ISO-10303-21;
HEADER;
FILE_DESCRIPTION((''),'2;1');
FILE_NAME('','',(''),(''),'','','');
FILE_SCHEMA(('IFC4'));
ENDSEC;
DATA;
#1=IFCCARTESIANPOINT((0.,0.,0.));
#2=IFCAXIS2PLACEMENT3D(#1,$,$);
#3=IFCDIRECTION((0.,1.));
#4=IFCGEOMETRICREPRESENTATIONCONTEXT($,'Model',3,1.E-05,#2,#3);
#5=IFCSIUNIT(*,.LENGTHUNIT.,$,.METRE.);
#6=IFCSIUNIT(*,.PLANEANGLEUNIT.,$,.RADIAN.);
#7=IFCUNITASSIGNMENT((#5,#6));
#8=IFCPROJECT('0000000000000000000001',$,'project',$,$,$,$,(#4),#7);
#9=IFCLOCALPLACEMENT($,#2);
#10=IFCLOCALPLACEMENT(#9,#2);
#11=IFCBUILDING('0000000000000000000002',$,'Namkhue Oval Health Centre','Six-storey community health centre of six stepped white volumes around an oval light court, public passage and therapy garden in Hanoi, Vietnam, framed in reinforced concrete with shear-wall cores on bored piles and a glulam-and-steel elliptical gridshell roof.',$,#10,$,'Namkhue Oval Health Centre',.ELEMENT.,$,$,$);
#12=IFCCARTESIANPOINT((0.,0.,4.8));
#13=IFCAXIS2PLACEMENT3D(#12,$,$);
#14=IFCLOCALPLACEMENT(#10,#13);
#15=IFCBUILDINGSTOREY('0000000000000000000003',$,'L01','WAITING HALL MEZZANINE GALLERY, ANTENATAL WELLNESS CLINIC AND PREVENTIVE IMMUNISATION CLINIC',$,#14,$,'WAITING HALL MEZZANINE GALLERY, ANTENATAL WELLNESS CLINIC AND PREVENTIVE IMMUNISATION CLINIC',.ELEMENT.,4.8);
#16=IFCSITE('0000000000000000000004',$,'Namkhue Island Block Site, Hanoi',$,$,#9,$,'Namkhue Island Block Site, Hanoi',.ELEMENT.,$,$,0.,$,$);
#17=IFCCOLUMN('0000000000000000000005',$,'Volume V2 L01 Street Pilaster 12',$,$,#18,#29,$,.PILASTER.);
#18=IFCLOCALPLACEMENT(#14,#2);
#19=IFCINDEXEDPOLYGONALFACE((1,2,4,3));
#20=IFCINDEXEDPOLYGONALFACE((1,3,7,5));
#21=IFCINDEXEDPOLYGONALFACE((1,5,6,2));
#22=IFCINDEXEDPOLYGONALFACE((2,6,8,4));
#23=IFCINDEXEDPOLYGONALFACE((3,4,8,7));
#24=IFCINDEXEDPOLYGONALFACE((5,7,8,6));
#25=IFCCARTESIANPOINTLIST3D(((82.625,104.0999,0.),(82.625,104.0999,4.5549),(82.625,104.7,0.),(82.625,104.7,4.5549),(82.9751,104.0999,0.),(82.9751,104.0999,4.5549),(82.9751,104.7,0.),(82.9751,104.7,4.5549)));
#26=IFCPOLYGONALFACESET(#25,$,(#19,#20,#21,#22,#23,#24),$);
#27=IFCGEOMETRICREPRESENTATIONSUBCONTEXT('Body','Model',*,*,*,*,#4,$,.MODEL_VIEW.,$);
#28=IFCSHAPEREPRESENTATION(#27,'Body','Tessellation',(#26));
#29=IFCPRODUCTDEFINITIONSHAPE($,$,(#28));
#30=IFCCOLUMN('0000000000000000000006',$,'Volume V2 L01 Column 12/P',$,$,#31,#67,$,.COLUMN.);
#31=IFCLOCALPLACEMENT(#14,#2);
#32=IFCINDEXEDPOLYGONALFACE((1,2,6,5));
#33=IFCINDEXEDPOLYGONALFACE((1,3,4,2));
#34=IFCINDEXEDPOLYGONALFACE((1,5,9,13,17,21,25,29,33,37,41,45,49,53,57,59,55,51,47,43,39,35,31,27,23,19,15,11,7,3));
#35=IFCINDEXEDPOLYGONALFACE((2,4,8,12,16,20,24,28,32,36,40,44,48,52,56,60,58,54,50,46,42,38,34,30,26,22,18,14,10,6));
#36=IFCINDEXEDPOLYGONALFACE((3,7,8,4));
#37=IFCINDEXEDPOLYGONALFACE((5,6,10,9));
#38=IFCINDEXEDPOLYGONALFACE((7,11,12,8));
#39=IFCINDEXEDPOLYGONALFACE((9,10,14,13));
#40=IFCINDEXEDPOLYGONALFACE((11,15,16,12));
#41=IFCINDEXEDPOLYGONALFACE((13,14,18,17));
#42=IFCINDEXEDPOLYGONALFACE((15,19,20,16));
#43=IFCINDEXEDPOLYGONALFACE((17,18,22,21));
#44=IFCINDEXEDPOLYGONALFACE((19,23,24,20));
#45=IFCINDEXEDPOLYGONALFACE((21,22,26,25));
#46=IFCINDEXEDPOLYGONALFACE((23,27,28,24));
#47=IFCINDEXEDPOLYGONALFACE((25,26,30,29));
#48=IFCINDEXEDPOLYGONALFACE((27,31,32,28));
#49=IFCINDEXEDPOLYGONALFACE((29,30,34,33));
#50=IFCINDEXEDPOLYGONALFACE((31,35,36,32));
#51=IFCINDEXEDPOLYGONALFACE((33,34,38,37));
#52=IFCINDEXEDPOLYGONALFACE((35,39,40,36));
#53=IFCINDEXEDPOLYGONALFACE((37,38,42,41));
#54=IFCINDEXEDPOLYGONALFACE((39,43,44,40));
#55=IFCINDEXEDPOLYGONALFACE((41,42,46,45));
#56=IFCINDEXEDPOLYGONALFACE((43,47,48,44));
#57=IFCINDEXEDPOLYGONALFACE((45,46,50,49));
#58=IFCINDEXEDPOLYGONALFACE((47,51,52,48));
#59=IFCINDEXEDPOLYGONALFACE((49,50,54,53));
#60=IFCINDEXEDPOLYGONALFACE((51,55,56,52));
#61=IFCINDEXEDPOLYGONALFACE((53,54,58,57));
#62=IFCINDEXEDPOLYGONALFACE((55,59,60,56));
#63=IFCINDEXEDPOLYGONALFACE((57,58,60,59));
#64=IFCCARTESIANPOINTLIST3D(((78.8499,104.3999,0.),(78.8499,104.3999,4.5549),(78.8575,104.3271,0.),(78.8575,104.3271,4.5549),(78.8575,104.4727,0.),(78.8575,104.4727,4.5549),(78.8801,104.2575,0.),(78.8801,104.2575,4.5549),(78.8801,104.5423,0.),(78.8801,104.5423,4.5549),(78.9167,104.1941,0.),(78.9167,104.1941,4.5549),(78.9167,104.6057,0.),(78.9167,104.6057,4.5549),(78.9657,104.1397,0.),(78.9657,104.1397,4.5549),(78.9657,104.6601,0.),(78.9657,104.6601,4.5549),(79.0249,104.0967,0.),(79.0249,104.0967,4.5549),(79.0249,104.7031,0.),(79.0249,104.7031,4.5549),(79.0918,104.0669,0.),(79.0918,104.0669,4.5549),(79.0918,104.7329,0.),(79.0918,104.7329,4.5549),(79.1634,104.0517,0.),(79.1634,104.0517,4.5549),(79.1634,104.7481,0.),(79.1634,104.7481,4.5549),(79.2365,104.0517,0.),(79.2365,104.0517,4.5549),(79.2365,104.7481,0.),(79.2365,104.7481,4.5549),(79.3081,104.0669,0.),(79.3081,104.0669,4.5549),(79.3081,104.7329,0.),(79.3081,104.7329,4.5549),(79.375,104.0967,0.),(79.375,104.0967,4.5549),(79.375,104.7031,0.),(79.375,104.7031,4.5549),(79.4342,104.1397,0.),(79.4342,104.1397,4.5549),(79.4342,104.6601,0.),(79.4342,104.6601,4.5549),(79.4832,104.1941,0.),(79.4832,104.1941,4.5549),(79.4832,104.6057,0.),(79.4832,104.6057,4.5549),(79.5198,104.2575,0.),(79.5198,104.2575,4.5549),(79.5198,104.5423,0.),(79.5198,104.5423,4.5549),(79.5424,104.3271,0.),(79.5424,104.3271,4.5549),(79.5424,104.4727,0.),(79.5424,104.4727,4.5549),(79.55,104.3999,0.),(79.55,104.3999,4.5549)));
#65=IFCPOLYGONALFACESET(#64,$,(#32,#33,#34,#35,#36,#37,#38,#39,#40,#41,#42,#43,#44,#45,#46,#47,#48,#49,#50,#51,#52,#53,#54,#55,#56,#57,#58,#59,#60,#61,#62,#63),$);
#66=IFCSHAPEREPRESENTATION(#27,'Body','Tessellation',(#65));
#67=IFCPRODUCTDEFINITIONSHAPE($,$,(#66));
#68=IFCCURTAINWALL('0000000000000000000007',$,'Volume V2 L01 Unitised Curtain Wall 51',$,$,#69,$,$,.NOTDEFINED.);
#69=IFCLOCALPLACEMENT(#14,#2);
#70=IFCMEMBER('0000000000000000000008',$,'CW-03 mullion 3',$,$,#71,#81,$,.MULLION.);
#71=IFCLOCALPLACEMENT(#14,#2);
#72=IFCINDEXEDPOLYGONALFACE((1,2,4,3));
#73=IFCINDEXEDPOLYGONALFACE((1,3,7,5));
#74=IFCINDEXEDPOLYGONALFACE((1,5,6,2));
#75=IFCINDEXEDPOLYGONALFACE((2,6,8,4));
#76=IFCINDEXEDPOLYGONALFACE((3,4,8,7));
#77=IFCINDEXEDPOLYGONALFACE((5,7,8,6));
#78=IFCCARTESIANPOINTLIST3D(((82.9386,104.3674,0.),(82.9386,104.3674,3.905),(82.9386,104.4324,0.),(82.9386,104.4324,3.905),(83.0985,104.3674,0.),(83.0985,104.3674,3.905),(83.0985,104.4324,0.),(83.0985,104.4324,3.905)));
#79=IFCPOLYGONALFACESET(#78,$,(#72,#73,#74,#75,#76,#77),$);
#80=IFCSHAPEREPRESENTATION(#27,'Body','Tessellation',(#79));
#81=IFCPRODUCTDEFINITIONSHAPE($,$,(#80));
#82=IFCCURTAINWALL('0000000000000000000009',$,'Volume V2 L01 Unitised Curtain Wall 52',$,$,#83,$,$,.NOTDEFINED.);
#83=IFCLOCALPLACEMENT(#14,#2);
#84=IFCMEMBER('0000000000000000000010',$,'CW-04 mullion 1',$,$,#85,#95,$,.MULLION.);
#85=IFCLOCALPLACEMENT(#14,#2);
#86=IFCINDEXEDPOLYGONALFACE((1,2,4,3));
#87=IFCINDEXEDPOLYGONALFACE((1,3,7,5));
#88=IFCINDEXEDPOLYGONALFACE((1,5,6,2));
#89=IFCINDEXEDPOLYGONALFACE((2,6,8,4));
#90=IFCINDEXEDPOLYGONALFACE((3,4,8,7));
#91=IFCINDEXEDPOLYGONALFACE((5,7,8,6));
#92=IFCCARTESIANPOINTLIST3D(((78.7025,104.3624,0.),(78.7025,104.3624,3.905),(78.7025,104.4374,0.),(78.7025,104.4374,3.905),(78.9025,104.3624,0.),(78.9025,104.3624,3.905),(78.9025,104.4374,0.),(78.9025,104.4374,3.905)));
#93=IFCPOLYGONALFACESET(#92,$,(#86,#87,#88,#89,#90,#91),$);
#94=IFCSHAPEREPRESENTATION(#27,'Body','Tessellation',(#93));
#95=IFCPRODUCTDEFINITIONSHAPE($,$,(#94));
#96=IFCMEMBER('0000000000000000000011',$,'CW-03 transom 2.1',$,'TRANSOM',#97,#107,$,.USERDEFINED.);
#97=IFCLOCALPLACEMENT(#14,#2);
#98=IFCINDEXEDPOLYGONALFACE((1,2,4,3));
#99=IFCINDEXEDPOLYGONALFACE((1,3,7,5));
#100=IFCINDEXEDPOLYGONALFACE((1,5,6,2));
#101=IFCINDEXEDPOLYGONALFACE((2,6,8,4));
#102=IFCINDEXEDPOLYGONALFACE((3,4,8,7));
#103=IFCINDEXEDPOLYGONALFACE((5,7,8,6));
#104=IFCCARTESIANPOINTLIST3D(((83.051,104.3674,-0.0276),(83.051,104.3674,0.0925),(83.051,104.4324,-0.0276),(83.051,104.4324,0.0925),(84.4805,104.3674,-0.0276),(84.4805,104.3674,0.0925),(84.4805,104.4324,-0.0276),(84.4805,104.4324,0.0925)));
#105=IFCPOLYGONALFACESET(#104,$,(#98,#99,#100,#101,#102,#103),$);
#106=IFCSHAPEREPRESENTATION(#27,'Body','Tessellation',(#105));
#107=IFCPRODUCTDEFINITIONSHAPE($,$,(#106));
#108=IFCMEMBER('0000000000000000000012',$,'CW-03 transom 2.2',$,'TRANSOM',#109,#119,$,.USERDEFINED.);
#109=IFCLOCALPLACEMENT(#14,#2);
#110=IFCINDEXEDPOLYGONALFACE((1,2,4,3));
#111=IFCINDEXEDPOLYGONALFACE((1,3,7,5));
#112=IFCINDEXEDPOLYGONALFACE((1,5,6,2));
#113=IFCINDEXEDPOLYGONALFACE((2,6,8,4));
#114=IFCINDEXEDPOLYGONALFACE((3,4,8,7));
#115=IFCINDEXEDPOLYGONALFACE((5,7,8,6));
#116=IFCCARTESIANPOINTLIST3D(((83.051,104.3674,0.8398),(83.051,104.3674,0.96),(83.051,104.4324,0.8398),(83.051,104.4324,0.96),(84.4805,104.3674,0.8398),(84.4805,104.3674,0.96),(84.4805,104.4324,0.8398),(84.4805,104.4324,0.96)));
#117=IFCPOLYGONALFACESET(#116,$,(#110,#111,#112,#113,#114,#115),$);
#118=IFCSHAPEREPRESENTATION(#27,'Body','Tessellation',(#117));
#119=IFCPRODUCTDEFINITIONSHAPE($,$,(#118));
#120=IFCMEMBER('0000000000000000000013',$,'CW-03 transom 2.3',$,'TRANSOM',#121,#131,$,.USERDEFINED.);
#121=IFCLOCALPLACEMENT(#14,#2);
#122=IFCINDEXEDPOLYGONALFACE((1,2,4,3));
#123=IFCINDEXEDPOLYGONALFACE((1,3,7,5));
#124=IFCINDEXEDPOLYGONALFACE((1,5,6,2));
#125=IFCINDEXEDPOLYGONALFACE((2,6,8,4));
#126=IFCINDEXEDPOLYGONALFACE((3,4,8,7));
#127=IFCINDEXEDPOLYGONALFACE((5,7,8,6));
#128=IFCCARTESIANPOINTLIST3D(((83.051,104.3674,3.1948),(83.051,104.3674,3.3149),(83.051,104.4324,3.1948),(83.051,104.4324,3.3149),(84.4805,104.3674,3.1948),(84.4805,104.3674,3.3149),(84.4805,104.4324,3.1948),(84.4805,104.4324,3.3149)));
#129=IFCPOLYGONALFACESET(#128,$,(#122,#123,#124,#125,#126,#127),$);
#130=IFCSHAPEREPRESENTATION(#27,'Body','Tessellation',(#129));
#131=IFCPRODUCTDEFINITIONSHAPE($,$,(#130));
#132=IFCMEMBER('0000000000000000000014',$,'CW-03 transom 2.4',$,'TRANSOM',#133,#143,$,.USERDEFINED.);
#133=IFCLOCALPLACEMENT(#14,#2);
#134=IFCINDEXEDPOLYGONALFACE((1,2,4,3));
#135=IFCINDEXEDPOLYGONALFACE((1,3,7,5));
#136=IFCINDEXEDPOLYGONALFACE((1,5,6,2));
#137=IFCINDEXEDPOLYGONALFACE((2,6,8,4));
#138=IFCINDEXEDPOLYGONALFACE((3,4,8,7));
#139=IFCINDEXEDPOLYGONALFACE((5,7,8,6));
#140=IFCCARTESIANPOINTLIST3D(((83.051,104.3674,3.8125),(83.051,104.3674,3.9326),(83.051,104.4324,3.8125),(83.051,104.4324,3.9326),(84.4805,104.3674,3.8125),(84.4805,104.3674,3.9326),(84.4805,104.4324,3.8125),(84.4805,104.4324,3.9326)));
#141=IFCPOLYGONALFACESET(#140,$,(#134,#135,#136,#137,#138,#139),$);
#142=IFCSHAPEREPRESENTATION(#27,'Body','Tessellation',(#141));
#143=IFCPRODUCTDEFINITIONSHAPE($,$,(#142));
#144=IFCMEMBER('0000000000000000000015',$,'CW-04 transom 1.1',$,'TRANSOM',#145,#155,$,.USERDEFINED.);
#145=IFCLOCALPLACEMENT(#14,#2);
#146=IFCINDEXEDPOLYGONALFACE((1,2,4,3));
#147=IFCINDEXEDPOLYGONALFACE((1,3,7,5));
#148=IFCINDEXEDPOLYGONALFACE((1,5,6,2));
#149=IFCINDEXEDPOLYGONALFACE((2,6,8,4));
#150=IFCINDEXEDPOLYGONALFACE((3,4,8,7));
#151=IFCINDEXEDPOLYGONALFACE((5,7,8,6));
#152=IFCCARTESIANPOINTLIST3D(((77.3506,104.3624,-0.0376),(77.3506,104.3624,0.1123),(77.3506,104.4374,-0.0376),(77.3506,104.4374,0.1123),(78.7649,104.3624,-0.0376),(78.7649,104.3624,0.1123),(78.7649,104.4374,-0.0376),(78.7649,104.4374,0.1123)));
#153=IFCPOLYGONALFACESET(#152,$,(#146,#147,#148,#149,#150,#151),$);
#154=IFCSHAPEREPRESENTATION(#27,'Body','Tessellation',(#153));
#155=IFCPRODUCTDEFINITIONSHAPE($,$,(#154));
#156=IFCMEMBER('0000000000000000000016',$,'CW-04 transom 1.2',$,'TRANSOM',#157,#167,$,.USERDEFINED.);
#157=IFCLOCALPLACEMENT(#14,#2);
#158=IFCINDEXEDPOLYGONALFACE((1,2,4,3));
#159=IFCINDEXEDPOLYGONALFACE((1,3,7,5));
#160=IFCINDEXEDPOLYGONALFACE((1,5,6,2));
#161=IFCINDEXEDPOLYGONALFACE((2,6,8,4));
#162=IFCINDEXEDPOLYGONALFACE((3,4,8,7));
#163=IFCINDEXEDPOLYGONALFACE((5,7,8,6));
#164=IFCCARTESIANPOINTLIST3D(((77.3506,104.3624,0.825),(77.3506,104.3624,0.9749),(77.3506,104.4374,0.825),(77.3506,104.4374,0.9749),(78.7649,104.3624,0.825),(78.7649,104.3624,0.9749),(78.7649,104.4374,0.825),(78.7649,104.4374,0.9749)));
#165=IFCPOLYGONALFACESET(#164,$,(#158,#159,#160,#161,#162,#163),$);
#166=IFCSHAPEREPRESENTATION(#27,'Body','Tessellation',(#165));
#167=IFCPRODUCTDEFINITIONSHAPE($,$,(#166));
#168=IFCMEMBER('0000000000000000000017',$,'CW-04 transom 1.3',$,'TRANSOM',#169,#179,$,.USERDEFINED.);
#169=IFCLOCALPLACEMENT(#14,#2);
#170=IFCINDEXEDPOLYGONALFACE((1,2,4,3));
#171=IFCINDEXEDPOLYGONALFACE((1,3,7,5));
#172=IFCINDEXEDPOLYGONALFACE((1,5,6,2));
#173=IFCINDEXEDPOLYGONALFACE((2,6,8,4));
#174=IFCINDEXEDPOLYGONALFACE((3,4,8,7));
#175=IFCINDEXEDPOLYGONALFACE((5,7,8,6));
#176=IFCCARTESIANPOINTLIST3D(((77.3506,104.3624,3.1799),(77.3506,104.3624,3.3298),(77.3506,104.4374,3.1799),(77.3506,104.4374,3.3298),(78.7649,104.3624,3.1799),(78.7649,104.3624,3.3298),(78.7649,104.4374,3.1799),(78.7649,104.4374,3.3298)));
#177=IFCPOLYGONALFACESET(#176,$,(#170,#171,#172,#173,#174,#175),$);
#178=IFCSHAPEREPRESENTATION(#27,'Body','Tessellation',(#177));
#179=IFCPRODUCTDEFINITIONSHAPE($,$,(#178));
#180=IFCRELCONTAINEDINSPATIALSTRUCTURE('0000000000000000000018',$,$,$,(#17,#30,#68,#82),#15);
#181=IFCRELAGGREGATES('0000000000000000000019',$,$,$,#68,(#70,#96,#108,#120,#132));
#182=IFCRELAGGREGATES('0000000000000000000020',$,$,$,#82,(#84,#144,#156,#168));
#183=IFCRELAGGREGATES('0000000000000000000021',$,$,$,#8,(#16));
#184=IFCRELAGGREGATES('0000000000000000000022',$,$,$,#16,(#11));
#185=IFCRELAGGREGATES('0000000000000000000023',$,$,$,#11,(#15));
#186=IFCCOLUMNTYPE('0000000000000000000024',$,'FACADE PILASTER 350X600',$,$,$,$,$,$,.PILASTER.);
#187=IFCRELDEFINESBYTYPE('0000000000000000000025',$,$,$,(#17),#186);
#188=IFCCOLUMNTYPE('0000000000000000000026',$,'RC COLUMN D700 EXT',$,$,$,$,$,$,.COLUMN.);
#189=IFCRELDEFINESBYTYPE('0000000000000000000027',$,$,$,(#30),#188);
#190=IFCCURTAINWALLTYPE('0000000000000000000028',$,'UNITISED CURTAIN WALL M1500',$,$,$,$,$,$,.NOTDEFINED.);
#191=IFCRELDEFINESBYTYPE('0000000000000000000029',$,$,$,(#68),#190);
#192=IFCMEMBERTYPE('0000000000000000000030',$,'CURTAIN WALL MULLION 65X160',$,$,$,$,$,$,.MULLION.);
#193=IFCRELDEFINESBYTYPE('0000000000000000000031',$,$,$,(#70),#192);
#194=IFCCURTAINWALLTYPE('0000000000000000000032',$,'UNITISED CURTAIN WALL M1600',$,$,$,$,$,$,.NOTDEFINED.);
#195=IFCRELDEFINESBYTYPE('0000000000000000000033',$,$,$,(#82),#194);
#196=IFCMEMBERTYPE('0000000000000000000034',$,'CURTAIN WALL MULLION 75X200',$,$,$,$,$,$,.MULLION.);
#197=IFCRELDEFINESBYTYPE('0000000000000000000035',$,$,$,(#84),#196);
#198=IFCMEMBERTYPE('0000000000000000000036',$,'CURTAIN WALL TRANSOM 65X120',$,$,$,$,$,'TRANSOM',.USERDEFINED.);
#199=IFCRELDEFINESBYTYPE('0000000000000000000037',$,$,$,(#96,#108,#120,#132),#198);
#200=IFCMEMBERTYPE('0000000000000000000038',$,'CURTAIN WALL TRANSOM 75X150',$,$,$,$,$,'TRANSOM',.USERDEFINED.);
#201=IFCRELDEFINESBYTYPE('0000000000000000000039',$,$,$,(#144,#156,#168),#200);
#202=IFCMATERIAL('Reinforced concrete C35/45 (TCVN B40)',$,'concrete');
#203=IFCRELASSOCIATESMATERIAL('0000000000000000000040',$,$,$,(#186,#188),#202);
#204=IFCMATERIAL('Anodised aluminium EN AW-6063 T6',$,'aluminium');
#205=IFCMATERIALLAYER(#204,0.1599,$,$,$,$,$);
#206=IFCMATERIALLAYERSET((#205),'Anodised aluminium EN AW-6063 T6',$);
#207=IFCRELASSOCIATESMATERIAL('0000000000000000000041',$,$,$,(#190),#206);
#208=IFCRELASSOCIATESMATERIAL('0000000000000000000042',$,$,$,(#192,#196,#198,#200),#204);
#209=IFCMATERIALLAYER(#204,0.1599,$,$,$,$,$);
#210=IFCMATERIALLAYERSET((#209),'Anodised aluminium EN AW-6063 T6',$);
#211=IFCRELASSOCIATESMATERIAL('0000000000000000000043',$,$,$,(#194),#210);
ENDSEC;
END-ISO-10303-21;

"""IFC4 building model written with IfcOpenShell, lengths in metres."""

from ifc_helpers import new_model, si_unit, direction, frame, origin, origin_2d, place, context, subcontext, project, spatial, rectangle, circle, extrude, material, layer, layer_set, material_profile, profile_set, type_object, element, aggregate, save


model = new_model("IFC4")

# Units and contexts
model_context = context("Model", 3, precision=1e-05, world=origin(), true_north=direction((0.0, 1.0)))
body_context = subcontext(model_context, "Body", "Model", "MODEL_VIEW")
ifc_project = project(units=[si_unit("LENGTHUNIT", "METRE"), si_unit("PLANEANGLEUNIT", "RADIAN")], contexts=[model_context])

# Site, building, storey
site_placement = place(None, origin())
site = spatial("IfcSite", under=ifc_project, at=site_placement, Name="Namkhue Island Block Site, Hanoi", LongName="Namkhue Island Block Site, Hanoi", CompositionType="ELEMENT", RefElevation=0.0)
building_placement = place(site_placement, origin())
building = spatial("IfcBuilding", under=site, at=building_placement, Name="Namkhue Oval Health Centre", Description="Six-storey community health centre of six stepped white volumes around an oval light court, public passage and therapy garden in Hanoi, Vietnam, framed in reinforced concrete with shear-wall cores on bored piles and a glulam-and-steel elliptical gridshell roof.", LongName="Namkhue Oval Health Centre", CompositionType="ELEMENT")
storey_placement = place(building_placement, frame((0.0, 0.0, 4.8)))
storey = spatial("IfcBuildingStorey", under=building, at=storey_placement, Name="L01", Description="WAITING HALL MEZZANINE GALLERY, ANTENATAL WELLNESS CLINIC AND PREVENTIVE IMMUNISATION CLINIC", LongName="WAITING HALL MEZZANINE GALLERY, ANTENATAL WELLNESS CLINIC AND PREVENTIVE IMMUNISATION CLINIC", CompositionType="ELEMENT", Elevation=4.8)

# Columns
ifc_material_1 = material(Name="Reinforced concrete C35/45 (TCVN B40)", Category="concrete")
ifc_material_profile_1 = material_profile(ifc_material_1, rectangle(XDim=0.3501, YDim=0.6001, at=origin_2d()), Name="RC 350x600")
ifc_profile_set_1 = profile_set([ifc_material_profile_1], Name="Reinforced concrete C35/45 (TCVN B40)")
column_type_1 = type_object("IfcColumnType", Name="FACADE PILASTER 350X600", PredefinedType="PILASTER", material=ifc_profile_set_1)
column_1_placement = place(storey_placement, frame((82.8, 104.3999, 0.0), z_axis=(0.0, 0.0, 1.0), x_axis=(1.0, 0.0, 0.0)))
element("IfcColumn", 1, at=column_1_placement, inside=storey, type_object=column_type_1, Name="Volume V2 L01 Street Pilaster 12", PredefinedType="PILASTER", context=body_context, shape_type="SweptSolid", body=[
    extrude(rectangle(XDim=0.3501, YDim=0.6001, at=origin_2d()), origin(), (0.0, 0.0, 1.0), 4.5549),
])
ifc_material_profile_2 = material_profile(ifc_material_1, circle(Radius=0.3501, at=origin_2d()), Name="RC D700")
ifc_profile_set_2 = profile_set([ifc_material_profile_2], Name="Reinforced concrete C35/45 (TCVN B40)")
column_type_2 = type_object("IfcColumnType", Name="RC COLUMN D700 EXT", PredefinedType="COLUMN", material=ifc_profile_set_2)
column_2_placement = place(storey_placement, frame((79.2, 104.3999, 0.0), z_axis=(0.0, 0.0, 1.0), x_axis=(1.0, 0.0, 0.0)))
element("IfcColumn", 2, at=column_2_placement, inside=storey, type_object=column_type_2, Name="Volume V2 L01 Column 12/P", PredefinedType="COLUMN", context=body_context, shape_type="SweptSolid", body=[
    extrude(circle(Radius=0.3501, at=origin_2d()), origin(), (0.0, 0.0, 1.0), 4.5549),
])

# Curtain walls, members
ifc_material_2 = material(Name="Anodised aluminium EN AW-6063 T6", Category="aluminium")
ifc_layer_1 = layer(ifc_material_2, 0.1599)
ifc_layer_set_1 = layer_set([ifc_layer_1], Name="Anodised aluminium EN AW-6063 T6")
curtain_wall_type_1 = type_object("IfcCurtainWallType", Name="UNITISED CURTAIN WALL M1500", PredefinedType="NOTDEFINED", material=ifc_layer_set_1)
curtain_wall_1_placement = place(storey_placement, origin())
curtain_wall_1 = element("IfcCurtainWall", 3, at=curtain_wall_1_placement, inside=storey, type_object=curtain_wall_type_1, Name="Volume V2 L01 Unitised Curtain Wall 51", PredefinedType="NOTDEFINED")
ifc_material_profile_3 = material_profile(ifc_material_2, rectangle(XDim=0.0649, YDim=0.1599, at=origin_2d()), Name="ALU 65x160")
ifc_profile_set_3 = profile_set([ifc_material_profile_3], Name="Anodised aluminium EN AW-6063 T6")
member_type_1 = type_object("IfcMemberType", Name="CURTAIN WALL MULLION 65X160", PredefinedType="MULLION", material=ifc_profile_set_3)
member_1_placement = place(storey_placement, frame((83.0186, 104.3999, 0.0), z_axis=(0.0, 0.0, 1.0), x_axis=(0.0, -1.0, 0.0)))
member_1 = element("IfcMember", 4, at=member_1_placement, type_object=member_type_1, Name="CW-03 mullion 3", PredefinedType="MULLION", context=body_context, shape_type="SweptSolid", body=[
    extrude(rectangle(XDim=0.0649, YDim=0.1599, at=origin_2d()), origin(), (0.0, 0.0, 1.0), 3.905),
])
ifc_layer_2 = layer(ifc_material_2, 0.1599)
ifc_layer_set_2 = layer_set([ifc_layer_2], Name="Anodised aluminium EN AW-6063 T6")
curtain_wall_type_2 = type_object("IfcCurtainWallType", Name="UNITISED CURTAIN WALL M1600", PredefinedType="NOTDEFINED", material=ifc_layer_set_2)
curtain_wall_2_placement = place(storey_placement, origin())
curtain_wall_2 = element("IfcCurtainWall", 5, at=curtain_wall_2_placement, inside=storey, type_object=curtain_wall_type_2, Name="Volume V2 L01 Unitised Curtain Wall 52", PredefinedType="NOTDEFINED")
ifc_material_profile_4 = material_profile(ifc_material_2, rectangle(XDim=0.075, YDim=0.2, at=origin_2d()), Name="ALU 75x200")
ifc_profile_set_4 = profile_set([ifc_material_profile_4], Name="Anodised aluminium EN AW-6063 T6")
member_type_2 = type_object("IfcMemberType", Name="CURTAIN WALL MULLION 75X200", PredefinedType="MULLION", material=ifc_profile_set_4)
member_2_placement = place(storey_placement, frame((78.8025, 104.3999, 0.0), z_axis=(0.0, 0.0, 1.0), x_axis=(0.0, -1.0, 0.0)))
member_2 = element("IfcMember", 6, at=member_2_placement, type_object=member_type_2, Name="CW-04 mullion 1", PredefinedType="MULLION", context=body_context, shape_type="SweptSolid", body=[
    extrude(rectangle(XDim=0.075, YDim=0.2, at=origin_2d()), origin(), (0.0, 0.0, 1.0), 3.905),
])

# Members
ifc_material_profile_5 = material_profile(ifc_material_2, rectangle(XDim=0.0649, YDim=0.1201, at=origin_2d()), Name="ALU 65x120")
ifc_profile_set_5 = profile_set([ifc_material_profile_5], Name="Anodised aluminium EN AW-6063 T6")
member_type_3 = type_object("IfcMemberType", Name="CURTAIN WALL TRANSOM 65X120", ElementType="TRANSOM", PredefinedType="USERDEFINED", material=ifc_profile_set_5)
member_3_placement = place(storey_placement, frame((84.4805, 104.3999, 0.0325), z_axis=(-1.0, 0.0, 0.0), x_axis=(0.0, -1.0, 0.0)))
member_3 = element("IfcMember", 7, at=member_3_placement, type_object=member_type_3, Name="CW-03 transom 2.1", ObjectType="TRANSOM", PredefinedType="USERDEFINED", context=body_context, shape_type="SweptSolid", body=[
    extrude(rectangle(XDim=0.0649, YDim=0.1201, at=origin_2d()), origin(), (0.0, 0.0, 1.0), 1.4294),
])
member_4_placement = place(storey_placement, frame((84.4805, 104.3999, 0.8999), z_axis=(-1.0, 0.0, 0.0), x_axis=(0.0, -1.0, 0.0)))
member_4 = element("IfcMember", 8, at=member_4_placement, type_object=member_type_3, Name="CW-03 transom 2.2", ObjectType="TRANSOM", PredefinedType="USERDEFINED", context=body_context, shape_type="SweptSolid", body=[
    extrude(rectangle(XDim=0.0649, YDim=0.1201, at=origin_2d()), origin(), (0.0, 0.0, 1.0), 1.4294),
])
member_5_placement = place(storey_placement, frame((84.4805, 104.3999, 3.2549), z_axis=(-1.0, 0.0, 0.0), x_axis=(0.0, -1.0, 0.0)))
member_5 = element("IfcMember", 9, at=member_5_placement, type_object=member_type_3, Name="CW-03 transom 2.3", ObjectType="TRANSOM", PredefinedType="USERDEFINED", context=body_context, shape_type="SweptSolid", body=[
    extrude(rectangle(XDim=0.0649, YDim=0.1201, at=origin_2d()), origin(), (0.0, 0.0, 1.0), 1.4294),
])
member_6_placement = place(storey_placement, frame((84.4805, 104.3999, 3.8726), z_axis=(-1.0, 0.0, 0.0), x_axis=(0.0, -1.0, 0.0)))
member_6 = element("IfcMember", 10, at=member_6_placement, type_object=member_type_3, Name="CW-03 transom 2.4", ObjectType="TRANSOM", PredefinedType="USERDEFINED", context=body_context, shape_type="SweptSolid", body=[
    extrude(rectangle(XDim=0.0649, YDim=0.1201, at=origin_2d()), origin(), (0.0, 0.0, 1.0), 1.4294),
])
ifc_material_profile_6 = material_profile(ifc_material_2, rectangle(XDim=0.075, YDim=0.1499, at=origin_2d()), Name="ALU 75x150")
ifc_profile_set_6 = profile_set([ifc_material_profile_6], Name="Anodised aluminium EN AW-6063 T6")
member_type_4 = type_object("IfcMemberType", Name="CURTAIN WALL TRANSOM 75X150", ElementType="TRANSOM", PredefinedType="USERDEFINED", material=ifc_profile_set_6)
member_7_placement = place(storey_placement, frame((78.7649, 104.3999, 0.0374), z_axis=(-1.0, 0.0, 0.0), x_axis=(0.0, -1.0, 0.0)))
member_7 = element("IfcMember", 11, at=member_7_placement, type_object=member_type_4, Name="CW-04 transom 1.1", ObjectType="TRANSOM", PredefinedType="USERDEFINED", context=body_context, shape_type="SweptSolid", body=[
    extrude(rectangle(XDim=0.075, YDim=0.1499, at=origin_2d()), origin(), (0.0, 0.0, 1.0), 1.4143),
])
member_8_placement = place(storey_placement, frame((78.7649, 104.3999, 0.8999), z_axis=(-1.0, 0.0, 0.0), x_axis=(0.0, -1.0, 0.0)))
member_8 = element("IfcMember", 12, at=member_8_placement, type_object=member_type_4, Name="CW-04 transom 1.2", ObjectType="TRANSOM", PredefinedType="USERDEFINED", context=body_context, shape_type="SweptSolid", body=[
    extrude(rectangle(XDim=0.075, YDim=0.1499, at=origin_2d()), origin(), (0.0, 0.0, 1.0), 1.4143),
])
member_9_placement = place(storey_placement, frame((78.7649, 104.3999, 3.2549), z_axis=(-1.0, 0.0, 0.0), x_axis=(0.0, -1.0, 0.0)))
member_9 = element("IfcMember", 13, at=member_9_placement, type_object=member_type_4, Name="CW-04 transom 1.3", ObjectType="TRANSOM", PredefinedType="USERDEFINED", context=body_context, shape_type="SweptSolid", body=[
    extrude(rectangle(XDim=0.075, YDim=0.1499, at=origin_2d()), origin(), (0.0, 0.0, 1.0), 1.4143),
])

aggregate(curtain_wall_1, [member_1, member_3, member_4, member_5, member_6])
aggregate(curtain_wall_2, [member_2, member_7, member_8, member_9])

save(model, "model.ifc")
